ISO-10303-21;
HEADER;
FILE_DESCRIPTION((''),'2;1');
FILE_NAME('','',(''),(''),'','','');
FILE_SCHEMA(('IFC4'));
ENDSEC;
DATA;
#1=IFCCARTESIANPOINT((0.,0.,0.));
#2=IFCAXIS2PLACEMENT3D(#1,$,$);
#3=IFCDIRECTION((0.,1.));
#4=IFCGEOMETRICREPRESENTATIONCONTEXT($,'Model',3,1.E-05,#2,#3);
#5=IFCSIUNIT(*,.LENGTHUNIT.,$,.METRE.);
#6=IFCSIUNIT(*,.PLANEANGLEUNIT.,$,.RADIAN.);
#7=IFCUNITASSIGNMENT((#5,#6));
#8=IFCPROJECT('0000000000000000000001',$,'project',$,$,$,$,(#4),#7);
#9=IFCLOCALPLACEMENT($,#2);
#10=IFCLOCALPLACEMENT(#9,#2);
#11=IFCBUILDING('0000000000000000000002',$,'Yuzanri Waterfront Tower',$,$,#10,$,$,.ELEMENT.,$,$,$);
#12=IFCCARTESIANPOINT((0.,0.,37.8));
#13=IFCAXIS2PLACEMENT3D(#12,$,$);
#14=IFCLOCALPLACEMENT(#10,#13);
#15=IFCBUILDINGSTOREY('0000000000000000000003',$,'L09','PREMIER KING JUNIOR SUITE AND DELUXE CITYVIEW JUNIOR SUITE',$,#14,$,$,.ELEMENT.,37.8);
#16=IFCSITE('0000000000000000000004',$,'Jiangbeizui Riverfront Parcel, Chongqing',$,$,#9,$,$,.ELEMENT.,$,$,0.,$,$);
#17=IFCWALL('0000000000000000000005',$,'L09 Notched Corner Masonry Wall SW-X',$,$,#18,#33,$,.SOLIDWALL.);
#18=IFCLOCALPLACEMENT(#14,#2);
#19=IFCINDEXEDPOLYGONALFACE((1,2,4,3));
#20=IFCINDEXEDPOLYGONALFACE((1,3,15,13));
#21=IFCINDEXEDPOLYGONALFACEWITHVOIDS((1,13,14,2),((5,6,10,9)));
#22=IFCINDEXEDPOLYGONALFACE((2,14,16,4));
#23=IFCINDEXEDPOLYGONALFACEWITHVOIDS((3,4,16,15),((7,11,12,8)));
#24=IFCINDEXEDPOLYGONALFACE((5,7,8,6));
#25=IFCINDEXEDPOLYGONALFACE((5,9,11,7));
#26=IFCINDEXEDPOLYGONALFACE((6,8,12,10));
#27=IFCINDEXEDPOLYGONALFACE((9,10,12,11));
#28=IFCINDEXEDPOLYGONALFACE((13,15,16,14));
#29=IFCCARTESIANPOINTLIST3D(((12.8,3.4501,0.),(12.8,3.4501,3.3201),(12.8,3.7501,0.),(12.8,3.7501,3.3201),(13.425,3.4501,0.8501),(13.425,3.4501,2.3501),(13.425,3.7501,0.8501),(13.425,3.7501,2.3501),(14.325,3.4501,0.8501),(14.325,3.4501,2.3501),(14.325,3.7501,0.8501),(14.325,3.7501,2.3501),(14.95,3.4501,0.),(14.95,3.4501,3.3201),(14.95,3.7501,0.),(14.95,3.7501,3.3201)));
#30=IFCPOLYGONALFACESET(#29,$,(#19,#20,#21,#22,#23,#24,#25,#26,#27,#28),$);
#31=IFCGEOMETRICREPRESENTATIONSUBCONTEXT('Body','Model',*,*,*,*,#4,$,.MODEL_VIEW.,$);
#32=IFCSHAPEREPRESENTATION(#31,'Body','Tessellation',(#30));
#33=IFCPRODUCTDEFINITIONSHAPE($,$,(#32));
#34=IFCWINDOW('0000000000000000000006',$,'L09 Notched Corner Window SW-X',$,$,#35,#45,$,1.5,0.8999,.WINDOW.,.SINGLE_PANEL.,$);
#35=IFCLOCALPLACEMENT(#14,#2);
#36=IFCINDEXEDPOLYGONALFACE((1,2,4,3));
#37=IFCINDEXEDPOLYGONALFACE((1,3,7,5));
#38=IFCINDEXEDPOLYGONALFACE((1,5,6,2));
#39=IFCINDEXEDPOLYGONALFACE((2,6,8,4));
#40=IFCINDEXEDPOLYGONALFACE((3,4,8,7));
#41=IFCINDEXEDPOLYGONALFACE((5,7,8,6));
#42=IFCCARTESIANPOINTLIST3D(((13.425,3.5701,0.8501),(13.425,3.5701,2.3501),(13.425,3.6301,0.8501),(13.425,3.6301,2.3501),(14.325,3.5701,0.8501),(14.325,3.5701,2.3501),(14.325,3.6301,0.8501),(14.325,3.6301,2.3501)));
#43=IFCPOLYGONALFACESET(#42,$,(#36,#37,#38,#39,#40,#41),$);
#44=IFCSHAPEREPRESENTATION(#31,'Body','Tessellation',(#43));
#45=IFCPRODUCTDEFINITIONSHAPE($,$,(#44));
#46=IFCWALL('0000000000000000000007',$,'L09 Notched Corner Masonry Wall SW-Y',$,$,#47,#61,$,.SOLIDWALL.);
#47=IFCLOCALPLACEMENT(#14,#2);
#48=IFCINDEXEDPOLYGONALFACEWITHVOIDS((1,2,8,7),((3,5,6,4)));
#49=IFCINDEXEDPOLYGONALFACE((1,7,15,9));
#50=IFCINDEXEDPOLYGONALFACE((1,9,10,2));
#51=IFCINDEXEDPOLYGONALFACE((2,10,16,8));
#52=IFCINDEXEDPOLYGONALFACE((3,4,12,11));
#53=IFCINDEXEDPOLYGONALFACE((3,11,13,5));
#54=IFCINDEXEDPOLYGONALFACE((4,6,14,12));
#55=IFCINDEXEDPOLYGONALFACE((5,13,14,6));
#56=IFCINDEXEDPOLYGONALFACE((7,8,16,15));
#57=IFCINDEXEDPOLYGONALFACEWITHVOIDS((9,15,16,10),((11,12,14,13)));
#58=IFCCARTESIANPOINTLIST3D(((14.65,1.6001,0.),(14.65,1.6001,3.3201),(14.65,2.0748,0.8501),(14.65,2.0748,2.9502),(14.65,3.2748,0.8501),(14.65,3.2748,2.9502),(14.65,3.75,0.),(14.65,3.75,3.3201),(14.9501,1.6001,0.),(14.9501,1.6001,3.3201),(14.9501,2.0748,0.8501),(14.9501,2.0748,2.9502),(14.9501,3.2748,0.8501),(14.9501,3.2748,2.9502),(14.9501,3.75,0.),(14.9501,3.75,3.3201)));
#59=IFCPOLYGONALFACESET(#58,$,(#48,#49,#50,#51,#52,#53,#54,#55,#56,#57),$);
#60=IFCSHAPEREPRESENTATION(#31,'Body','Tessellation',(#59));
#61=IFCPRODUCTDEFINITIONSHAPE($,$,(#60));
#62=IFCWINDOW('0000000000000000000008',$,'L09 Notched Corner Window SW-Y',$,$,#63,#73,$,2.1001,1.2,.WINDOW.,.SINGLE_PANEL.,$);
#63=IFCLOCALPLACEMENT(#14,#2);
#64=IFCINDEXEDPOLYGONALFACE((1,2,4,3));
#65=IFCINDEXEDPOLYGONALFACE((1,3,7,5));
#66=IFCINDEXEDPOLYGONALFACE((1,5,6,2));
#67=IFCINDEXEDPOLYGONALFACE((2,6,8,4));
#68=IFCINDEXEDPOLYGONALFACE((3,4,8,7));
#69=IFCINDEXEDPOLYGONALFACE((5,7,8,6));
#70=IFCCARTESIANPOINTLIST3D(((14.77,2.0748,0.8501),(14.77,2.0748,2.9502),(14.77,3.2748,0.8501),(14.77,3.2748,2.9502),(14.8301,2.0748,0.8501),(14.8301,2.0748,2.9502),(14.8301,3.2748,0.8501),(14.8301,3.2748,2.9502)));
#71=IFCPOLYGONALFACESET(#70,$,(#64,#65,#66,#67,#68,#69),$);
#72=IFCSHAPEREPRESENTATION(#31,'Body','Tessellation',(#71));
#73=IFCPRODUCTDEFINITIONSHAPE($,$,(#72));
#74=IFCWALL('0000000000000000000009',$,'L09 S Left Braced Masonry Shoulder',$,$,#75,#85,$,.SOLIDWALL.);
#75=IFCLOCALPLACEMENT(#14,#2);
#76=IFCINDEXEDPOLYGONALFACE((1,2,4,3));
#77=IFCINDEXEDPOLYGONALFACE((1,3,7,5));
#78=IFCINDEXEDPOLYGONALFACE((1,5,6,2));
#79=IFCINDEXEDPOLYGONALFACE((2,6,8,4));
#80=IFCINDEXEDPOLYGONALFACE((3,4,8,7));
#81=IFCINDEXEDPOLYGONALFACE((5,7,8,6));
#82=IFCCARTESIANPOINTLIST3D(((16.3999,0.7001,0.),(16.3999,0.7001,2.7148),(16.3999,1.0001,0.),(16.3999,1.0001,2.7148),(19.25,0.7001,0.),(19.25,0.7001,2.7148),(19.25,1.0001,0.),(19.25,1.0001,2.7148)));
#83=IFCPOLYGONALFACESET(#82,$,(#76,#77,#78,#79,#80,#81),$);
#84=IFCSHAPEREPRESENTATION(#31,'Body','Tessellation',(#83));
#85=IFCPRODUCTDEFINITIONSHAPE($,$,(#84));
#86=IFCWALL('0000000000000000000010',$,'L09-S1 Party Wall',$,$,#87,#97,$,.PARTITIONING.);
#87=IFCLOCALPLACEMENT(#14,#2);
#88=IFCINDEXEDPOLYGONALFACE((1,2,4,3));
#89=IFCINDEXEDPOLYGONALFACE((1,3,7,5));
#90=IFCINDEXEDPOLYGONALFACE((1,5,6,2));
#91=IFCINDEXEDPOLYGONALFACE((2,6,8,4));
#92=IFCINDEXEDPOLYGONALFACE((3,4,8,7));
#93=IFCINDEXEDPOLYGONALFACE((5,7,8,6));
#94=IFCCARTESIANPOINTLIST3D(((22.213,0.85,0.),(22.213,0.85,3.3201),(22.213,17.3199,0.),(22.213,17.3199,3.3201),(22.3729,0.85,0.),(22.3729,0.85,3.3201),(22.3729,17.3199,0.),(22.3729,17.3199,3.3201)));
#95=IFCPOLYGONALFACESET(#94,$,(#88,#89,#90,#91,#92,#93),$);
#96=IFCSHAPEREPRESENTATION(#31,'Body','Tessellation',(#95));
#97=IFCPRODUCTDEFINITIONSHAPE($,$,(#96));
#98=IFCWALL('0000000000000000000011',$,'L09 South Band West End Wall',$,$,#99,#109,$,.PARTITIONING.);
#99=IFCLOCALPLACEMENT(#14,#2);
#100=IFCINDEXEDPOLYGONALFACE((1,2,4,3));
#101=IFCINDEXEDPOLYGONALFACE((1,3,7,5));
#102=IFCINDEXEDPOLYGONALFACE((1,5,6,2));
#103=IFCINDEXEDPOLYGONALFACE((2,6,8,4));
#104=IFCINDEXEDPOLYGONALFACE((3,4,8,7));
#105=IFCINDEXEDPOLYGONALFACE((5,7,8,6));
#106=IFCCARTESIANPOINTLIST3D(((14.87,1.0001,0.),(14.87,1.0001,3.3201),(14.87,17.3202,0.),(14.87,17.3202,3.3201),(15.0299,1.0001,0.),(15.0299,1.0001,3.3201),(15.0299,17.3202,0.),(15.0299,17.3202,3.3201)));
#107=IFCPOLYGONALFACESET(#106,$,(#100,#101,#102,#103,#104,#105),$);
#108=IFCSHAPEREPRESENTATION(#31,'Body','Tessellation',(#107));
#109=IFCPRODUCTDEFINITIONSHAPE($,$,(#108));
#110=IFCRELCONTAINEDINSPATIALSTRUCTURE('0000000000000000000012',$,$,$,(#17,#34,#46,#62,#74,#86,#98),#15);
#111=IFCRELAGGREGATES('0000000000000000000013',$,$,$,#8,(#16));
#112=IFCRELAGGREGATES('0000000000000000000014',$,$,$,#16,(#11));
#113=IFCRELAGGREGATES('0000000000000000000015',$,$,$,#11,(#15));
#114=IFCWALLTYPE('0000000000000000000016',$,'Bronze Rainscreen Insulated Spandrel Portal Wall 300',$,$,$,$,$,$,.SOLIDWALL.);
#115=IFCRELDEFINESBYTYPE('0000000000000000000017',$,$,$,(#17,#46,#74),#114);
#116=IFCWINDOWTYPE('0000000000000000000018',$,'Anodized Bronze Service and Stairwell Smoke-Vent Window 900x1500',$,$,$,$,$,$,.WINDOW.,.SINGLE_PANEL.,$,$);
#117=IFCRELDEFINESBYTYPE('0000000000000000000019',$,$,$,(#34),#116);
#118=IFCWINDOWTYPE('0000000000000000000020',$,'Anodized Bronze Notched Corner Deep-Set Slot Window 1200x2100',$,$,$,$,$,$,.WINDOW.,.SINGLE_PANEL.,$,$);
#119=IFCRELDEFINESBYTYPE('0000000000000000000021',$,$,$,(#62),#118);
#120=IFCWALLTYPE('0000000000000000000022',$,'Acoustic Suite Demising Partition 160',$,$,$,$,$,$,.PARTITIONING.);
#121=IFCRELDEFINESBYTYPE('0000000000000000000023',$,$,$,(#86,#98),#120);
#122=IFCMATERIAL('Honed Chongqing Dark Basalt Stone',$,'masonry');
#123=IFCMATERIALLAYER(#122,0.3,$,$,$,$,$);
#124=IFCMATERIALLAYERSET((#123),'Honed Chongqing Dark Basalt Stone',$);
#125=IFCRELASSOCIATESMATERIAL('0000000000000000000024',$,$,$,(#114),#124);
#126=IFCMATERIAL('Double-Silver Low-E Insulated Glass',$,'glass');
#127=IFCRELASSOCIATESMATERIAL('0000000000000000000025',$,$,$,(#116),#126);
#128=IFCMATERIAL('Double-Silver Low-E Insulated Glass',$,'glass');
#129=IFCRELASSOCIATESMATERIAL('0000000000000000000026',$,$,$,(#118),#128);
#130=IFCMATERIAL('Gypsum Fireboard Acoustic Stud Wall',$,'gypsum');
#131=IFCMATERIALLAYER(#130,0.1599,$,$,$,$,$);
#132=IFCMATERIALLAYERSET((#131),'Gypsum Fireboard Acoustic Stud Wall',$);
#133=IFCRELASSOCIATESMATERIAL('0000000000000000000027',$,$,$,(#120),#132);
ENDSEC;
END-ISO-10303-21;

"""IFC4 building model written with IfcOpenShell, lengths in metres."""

from ifc_helpers import new_model, si_unit, direction, frame, frame_2d, origin, place, context, subcontext, project, spatial, rectangle, extrude, source, transform, mapped, material, layer, layer_set, type_object, element, fill, save


model = new_model("IFC4")

# Units and contexts
model_context = context("Model", 3, precision=1e-05, world=origin(), true_north=direction((0.0, 1.0)))
body_context = subcontext(model_context, "Body", "Model", "MODEL_VIEW")
ifc_project = project(units=[si_unit("LENGTHUNIT", "METRE"), si_unit("PLANEANGLEUNIT", "RADIAN")], contexts=[model_context])

# Site, building, storey
site_placement = place(None, origin())
site = spatial("IfcSite", under=ifc_project, at=site_placement, Name="Jiangbeizui Riverfront Parcel, Chongqing", CompositionType="ELEMENT", RefElevation=0.0)
building_placement = place(site_placement, origin())
building = spatial("IfcBuilding", under=site, at=building_placement, Name="Yuzanri Waterfront Tower", CompositionType="ELEMENT")
storey_placement = place(building_placement, frame((0.0, 0.0, 37.8)))
storey = spatial("IfcBuildingStorey", under=building, at=storey_placement, Name="L09", Description="PREMIER KING JUNIOR SUITE AND DELUXE CITYVIEW JUNIOR SUITE", CompositionType="ELEMENT", Elevation=37.8)

# Walls, openings, windows
ifc_material_1 = material(Name="Honed Chongqing Dark Basalt Stone", Category="masonry")
ifc_layer_1 = layer(ifc_material_1, 0.3)
ifc_layer_set_1 = layer_set([ifc_layer_1], Name="Honed Chongqing Dark Basalt Stone")
wall_type_1 = type_object("IfcWallType", Name="Bronze Rainscreen Insulated Spandrel Portal Wall 300", PredefinedType="SOLIDWALL", material=ifc_layer_set_1)
wall_1_placement = place(storey_placement, frame((12.8, 3.6001, 0.0), z_axis=(0.0, 0.0, 1.0), x_axis=(1.0, 0.0, 0.0)))
wall_1 = element("IfcWall", 1, at=wall_1_placement, inside=storey, type_object=wall_type_1, Name="L09 Notched Corner Masonry Wall SW-X", PredefinedType="SOLIDWALL", context=body_context, shape_type="SweptSolid", body=[
    extrude(rectangle(XDim=2.1499, YDim=0.3, at=frame_2d((1.075, 0.0))), origin(), (0.0, 0.0, 1.0), 3.3201),
])
opening_1_placement = place(wall_1_placement, frame((0.625, 0.0, 0.8501)))
opening_1 = element("IfcOpeningElement", 2, at=opening_1_placement, cuts=wall_1, PredefinedType="OPENING", context=body_context, shape_type="SweptSolid", body=[
    extrude(rectangle(XDim=0.8999, YDim=1.5, at=frame_2d((0.45, 0.75))), frame((0.0, 0.165, 0.0), z_axis=(0.0, -1.0, 0.0), x_axis=(1.0, 0.0, 0.0)), (0.0, 0.0, 1.0), 0.3298),
])
ifc_material_2 = material(Name="Double-Silver Low-E Insulated Glass", Category="glass")
window_type_1 = type_object("IfcWindowType", Name="Anodized Bronze Service and Stairwell Smoke-Vent Window 900x1500", PartitioningType="SINGLE_PANEL", PredefinedType="WINDOW", material=ifc_material_2)
shared_shape_1 = source(origin(), body_context, "Body", "SweptSolid", [
    extrude(rectangle(XDim=0.8999, YDim=1.5, at=frame_2d((0.45, 0.75))), frame((0.0, 0.03, 0.0), z_axis=(0.0, -1.0, 0.0), x_axis=(1.0, 0.0, 0.0)), (0.0, 0.0, 1.0), 0.0601),
])
window_1_placement = place(opening_1_placement, origin())
window_1 = element("IfcWindow", 3, at=window_1_placement, inside=storey, type_object=window_type_1, Name="L09 Notched Corner Window SW-X", OverallHeight=1.5, OverallWidth=0.8999, PartitioningType="SINGLE_PANEL", PredefinedType="WINDOW", context=body_context, shape_type="MappedRepresentation", body=[
    mapped(shared_shape_1, transform((0.0, 0.0, 0.0), scale=1.0)),
])
fill(opening_1, window_1)
wall_2_placement = place(storey_placement, frame((14.8, 3.75, 0.0), z_axis=(0.0, 0.0, 1.0), x_axis=(0.0, -1.0, 0.0)))
wall_2 = element("IfcWall", 4, at=wall_2_placement, inside=storey, type_object=wall_type_1, Name="L09 Notched Corner Masonry Wall SW-Y", PredefinedType="SOLIDWALL", context=body_context, shape_type="SweptSolid", body=[
    extrude(rectangle(XDim=2.1499, YDim=0.3, at=frame_2d((1.075, 0.0))), origin(), (0.0, 0.0, 1.0), 3.3201),
])
opening_2_placement = place(wall_2_placement, frame((0.4751, 0.0, 0.8501)))
opening_2 = element("IfcOpeningElement", 5, at=opening_2_placement, cuts=wall_2, PredefinedType="OPENING", context=body_context, shape_type="SweptSolid", body=[
    extrude(rectangle(XDim=1.2, YDim=2.1001, at=frame_2d((0.6001, 1.05))), frame((0.0, 0.165, 0.0), z_axis=(0.0, -1.0, 0.0), x_axis=(1.0, 0.0, 0.0)), (0.0, 0.0, 1.0), 0.3298),
])
ifc_material_3 = material(Name="Double-Silver Low-E Insulated Glass", Category="glass")
window_type_2 = type_object("IfcWindowType", Name="Anodized Bronze Notched Corner Deep-Set Slot Window 1200x2100", PartitioningType="SINGLE_PANEL", PredefinedType="WINDOW", material=ifc_material_3)
shared_shape_2 = source(origin(), body_context, "Body", "SweptSolid", [
    extrude(rectangle(XDim=1.2, YDim=2.1001, at=frame_2d((0.6001, 1.05))), frame((0.0, 0.03, 0.0), z_axis=(0.0, -1.0, 0.0), x_axis=(1.0, 0.0, 0.0)), (0.0, 0.0, 1.0), 0.0601),
])
window_2_placement = place(opening_2_placement, origin())
window_2 = element("IfcWindow", 6, at=window_2_placement, inside=storey, type_object=window_type_2, Name="L09 Notched Corner Window SW-Y", OverallHeight=2.1001, OverallWidth=1.2, PartitioningType="SINGLE_PANEL", PredefinedType="WINDOW", context=body_context, shape_type="MappedRepresentation", body=[
    mapped(shared_shape_2, transform((0.0, 0.0, 0.0), scale=1.0)),
])
fill(opening_2, window_2)

# Walls
shared_shape_3 = source(origin(), body_context, "Body", "SweptSolid", [
    extrude(rectangle(XDim=2.8501, YDim=0.3, at=frame_2d((1.425, 0.0))), origin(), (0.0, 0.0, 1.0), 2.7148),
])
wall_3_placement = place(storey_placement, frame((16.3999, 0.8501, 0.0), z_axis=(0.0, 0.0, 1.0), x_axis=(1.0, 0.0, 0.0)))
element("IfcWall", 7, at=wall_3_placement, inside=storey, type_object=wall_type_1, Name="L09 S Left Braced Masonry Shoulder", PredefinedType="SOLIDWALL", context=body_context, shape_type="MappedRepresentation", body=[
    mapped(shared_shape_3, transform((0.0, 0.0, 0.0), scale=1.0)),
])
ifc_material_4 = material(Name="Gypsum Fireboard Acoustic Stud Wall", Category="gypsum")
ifc_layer_2 = layer(ifc_material_4, 0.1599)
ifc_layer_set_2 = layer_set([ifc_layer_2], Name="Gypsum Fireboard Acoustic Stud Wall")
wall_type_2 = type_object("IfcWallType", Name="Acoustic Suite Demising Partition 160", PredefinedType="PARTITIONING", material=ifc_layer_set_2)
shared_shape_4 = source(origin(), body_context, "Body", "SweptSolid", [
    extrude(rectangle(XDim=16.47, YDim=0.1599, at=frame_2d((8.2349, 0.0))), origin(), (0.0, 0.0, 1.0), 3.3201),
])
wall_4_placement = place(storey_placement, frame((22.293, 0.8501, 0.0), z_axis=(0.0, 0.0, 1.0), x_axis=(0.0, 1.0, 0.0)))
element("IfcWall", 8, at=wall_4_placement, inside=storey, type_object=wall_type_2, Name="L09-S1 Party Wall", PredefinedType="PARTITIONING", context=body_context, shape_type="MappedRepresentation", body=[
    mapped(shared_shape_4, transform((0.0, 0.0, 0.0), scale=1.0)),
])
shared_shape_5 = source(origin(), body_context, "Body", "SweptSolid", [
    extrude(rectangle(XDim=16.3201, YDim=0.1599, at=frame_2d((8.1602, 0.0))), origin(), (0.0, 0.0, 1.0), 3.3201),
])
wall_5_placement = place(storey_placement, frame((14.95, 1.0, 0.0), z_axis=(0.0, 0.0, 1.0), x_axis=(0.0, 1.0, 0.0)))
element("IfcWall", 9, at=wall_5_placement, inside=storey, type_object=wall_type_2, Name="L09 South Band West End Wall", PredefinedType="PARTITIONING", context=body_context, shape_type="MappedRepresentation", body=[
    mapped(shared_shape_5, transform((0.0, 0.0, 0.0), scale=1.0)),
])

save(model, "model.ifc")
